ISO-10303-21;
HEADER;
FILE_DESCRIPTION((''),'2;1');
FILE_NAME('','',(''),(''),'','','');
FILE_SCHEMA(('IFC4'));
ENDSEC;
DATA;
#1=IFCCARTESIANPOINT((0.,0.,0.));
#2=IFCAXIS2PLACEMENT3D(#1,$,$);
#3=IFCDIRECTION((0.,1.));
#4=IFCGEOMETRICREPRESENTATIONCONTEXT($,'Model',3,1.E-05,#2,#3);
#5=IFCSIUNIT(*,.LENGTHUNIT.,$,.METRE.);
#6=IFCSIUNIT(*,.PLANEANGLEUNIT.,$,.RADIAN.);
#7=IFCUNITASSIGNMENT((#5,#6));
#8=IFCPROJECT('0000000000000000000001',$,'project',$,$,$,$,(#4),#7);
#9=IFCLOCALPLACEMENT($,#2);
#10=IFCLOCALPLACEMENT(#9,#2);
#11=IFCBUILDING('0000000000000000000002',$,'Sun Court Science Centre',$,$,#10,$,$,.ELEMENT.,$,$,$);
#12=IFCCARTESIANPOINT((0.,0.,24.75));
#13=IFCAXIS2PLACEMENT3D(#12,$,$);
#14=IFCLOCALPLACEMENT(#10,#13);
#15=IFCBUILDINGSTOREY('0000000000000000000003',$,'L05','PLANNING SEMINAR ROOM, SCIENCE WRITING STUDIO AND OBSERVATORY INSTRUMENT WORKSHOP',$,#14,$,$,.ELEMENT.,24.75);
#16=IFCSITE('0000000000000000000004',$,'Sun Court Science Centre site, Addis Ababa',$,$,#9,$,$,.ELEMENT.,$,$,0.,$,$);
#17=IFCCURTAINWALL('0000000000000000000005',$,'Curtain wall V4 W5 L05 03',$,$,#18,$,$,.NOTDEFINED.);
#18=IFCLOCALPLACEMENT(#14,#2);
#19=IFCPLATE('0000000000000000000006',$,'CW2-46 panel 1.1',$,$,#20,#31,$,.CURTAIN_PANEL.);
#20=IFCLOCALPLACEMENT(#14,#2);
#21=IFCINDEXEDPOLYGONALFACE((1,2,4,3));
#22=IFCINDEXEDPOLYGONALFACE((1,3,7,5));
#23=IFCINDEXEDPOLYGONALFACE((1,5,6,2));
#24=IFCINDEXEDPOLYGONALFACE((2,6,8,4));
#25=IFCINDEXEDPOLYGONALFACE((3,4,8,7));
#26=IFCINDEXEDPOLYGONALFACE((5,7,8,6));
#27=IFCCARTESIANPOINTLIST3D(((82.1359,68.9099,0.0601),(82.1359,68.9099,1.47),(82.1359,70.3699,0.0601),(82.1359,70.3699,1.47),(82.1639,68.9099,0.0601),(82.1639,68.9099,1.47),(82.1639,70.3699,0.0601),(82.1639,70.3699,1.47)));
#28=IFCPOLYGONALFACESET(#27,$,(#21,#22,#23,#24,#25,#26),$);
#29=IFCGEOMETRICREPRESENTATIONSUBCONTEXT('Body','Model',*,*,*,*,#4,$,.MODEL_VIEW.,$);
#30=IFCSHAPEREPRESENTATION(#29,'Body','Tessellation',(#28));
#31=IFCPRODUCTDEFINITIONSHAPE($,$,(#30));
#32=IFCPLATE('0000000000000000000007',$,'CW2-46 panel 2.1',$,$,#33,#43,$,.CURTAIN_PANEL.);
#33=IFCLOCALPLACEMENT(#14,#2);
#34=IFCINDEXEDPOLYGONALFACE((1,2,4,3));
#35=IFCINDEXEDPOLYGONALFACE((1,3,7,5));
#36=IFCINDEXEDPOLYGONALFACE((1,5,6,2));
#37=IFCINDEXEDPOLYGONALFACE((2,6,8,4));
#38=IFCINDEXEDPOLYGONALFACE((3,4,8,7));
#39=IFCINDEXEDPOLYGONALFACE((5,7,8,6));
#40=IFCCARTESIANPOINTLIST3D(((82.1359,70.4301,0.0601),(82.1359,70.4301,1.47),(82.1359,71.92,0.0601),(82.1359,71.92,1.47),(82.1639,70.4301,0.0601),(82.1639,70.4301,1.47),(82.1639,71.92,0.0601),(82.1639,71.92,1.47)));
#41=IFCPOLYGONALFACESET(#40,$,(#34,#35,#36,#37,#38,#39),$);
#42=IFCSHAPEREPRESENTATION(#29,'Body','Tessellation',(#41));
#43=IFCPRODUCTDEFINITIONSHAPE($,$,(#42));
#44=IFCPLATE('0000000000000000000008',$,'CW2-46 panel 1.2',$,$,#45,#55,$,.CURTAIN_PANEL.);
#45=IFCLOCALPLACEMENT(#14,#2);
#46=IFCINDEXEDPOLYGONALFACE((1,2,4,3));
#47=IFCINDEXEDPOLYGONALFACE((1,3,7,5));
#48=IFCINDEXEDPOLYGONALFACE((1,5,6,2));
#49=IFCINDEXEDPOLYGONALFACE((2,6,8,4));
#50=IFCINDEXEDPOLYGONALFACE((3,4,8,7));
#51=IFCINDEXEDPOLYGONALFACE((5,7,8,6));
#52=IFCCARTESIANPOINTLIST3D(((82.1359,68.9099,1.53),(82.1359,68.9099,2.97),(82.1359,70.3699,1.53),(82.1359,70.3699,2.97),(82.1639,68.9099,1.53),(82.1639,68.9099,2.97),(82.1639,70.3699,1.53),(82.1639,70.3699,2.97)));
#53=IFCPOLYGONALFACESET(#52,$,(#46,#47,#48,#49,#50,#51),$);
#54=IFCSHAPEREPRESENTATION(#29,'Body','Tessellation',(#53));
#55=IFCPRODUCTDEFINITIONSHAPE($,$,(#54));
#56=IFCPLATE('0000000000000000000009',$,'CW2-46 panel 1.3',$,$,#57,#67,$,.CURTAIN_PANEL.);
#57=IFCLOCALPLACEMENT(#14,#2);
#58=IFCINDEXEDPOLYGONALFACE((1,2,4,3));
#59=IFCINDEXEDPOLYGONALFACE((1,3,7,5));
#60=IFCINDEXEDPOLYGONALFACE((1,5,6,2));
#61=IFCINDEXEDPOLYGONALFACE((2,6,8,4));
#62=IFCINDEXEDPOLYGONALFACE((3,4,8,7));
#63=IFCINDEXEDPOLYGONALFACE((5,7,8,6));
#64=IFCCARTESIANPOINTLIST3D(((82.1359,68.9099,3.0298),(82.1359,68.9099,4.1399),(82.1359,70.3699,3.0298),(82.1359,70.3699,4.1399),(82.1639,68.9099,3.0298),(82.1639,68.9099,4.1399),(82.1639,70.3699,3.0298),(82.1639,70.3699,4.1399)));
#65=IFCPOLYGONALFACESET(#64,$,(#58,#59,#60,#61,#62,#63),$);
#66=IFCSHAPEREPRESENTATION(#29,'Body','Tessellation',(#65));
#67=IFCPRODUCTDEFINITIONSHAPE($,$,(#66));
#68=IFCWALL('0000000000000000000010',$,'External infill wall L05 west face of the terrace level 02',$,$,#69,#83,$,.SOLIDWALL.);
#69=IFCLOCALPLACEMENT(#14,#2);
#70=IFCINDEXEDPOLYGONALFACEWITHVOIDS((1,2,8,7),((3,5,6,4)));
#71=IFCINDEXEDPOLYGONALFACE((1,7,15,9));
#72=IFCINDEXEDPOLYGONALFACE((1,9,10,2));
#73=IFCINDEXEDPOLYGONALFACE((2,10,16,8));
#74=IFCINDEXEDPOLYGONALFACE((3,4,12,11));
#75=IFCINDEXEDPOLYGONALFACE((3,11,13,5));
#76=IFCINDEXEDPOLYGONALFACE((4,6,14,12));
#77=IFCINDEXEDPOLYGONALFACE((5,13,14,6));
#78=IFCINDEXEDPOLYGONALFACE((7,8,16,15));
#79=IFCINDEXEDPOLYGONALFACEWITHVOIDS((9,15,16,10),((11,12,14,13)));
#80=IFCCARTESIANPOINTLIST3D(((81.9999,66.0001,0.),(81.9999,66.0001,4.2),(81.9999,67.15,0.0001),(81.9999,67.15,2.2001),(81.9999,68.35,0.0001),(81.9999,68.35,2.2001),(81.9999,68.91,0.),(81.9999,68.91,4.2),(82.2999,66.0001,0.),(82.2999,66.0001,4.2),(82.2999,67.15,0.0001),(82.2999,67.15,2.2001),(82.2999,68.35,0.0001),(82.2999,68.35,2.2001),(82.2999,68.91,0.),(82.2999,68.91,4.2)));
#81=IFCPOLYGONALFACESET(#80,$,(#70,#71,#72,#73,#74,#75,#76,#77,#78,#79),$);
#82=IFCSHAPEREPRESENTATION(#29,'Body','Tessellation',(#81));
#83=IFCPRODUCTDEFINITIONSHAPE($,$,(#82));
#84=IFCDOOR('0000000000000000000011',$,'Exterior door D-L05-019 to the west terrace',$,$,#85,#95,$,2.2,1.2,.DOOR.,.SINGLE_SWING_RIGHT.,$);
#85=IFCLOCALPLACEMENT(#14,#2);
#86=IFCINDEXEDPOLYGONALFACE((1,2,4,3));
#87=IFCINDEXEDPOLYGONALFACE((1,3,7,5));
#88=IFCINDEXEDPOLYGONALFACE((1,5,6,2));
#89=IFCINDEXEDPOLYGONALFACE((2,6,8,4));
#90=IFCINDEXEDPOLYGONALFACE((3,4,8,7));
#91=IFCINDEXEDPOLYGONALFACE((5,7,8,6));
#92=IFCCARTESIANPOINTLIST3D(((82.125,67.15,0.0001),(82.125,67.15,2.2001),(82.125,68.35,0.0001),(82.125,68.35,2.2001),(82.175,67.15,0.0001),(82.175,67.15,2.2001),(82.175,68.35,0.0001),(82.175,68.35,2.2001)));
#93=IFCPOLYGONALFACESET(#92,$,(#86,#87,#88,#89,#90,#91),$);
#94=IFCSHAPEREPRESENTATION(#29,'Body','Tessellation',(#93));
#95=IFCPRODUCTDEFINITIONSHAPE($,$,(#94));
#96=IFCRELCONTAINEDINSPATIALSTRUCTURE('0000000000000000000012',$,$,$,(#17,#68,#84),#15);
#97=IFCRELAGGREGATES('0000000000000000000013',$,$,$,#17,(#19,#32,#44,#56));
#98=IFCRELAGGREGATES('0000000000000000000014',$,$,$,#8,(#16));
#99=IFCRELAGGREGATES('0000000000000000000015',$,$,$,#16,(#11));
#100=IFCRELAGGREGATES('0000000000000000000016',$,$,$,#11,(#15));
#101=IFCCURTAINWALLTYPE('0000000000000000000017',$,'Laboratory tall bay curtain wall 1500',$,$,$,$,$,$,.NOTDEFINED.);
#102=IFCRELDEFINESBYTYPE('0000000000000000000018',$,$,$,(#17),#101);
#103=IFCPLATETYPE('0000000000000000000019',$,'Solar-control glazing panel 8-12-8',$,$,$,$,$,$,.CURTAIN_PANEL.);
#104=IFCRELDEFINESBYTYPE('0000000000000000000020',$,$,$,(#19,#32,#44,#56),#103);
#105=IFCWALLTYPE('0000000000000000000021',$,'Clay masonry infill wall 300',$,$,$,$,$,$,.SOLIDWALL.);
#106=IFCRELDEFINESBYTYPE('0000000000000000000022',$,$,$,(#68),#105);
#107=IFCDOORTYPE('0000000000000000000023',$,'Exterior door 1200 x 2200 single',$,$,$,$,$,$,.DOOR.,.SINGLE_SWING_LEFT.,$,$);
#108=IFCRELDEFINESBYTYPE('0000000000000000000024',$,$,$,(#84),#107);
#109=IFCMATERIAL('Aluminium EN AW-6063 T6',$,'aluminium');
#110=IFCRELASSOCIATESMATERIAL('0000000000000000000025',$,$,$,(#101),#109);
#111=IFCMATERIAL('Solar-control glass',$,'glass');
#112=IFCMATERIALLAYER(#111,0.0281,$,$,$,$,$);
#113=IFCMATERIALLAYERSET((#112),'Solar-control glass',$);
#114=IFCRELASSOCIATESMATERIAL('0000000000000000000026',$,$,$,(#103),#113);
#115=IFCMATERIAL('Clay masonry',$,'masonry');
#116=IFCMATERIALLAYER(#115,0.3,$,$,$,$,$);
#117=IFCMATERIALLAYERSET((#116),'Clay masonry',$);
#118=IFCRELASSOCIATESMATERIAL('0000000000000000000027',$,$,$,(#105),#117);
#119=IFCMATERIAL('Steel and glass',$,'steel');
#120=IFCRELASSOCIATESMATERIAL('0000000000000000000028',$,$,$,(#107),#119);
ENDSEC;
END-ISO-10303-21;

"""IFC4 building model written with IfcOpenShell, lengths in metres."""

from ifc_helpers import new_model, si_unit, direction, frame, frame_2d, origin, origin_2d, place, context, subcontext, project, spatial, rectangle, extrude, material, layer, layer_set, type_object, element, fill, aggregate, save


model = new_model("IFC4")

# Units and contexts
model_context = context("Model", 3, precision=1e-05, world=origin(), true_north=direction((0.0, 1.0)))
body_context = subcontext(model_context, "Body", "Model", "MODEL_VIEW")
ifc_project = project(units=[si_unit("LENGTHUNIT", "METRE"), si_unit("PLANEANGLEUNIT", "RADIAN")], contexts=[model_context])

# Site, building, storey
site_placement = place(None, origin())
site = spatial("IfcSite", under=ifc_project, at=site_placement, Name="Sun Court Science Centre site, Addis Ababa", CompositionType="ELEMENT", RefElevation=0.0)
building_placement = place(site_placement, origin())
building = spatial("IfcBuilding", under=site, at=building_placement, Name="Sun Court Science Centre", CompositionType="ELEMENT")
storey_placement = place(building_placement, frame((0.0, 0.0, 24.75)))
storey = spatial("IfcBuildingStorey", under=building, at=storey_placement, Name="L05", Description="PLANNING SEMINAR ROOM, SCIENCE WRITING STUDIO AND OBSERVATORY INSTRUMENT WORKSHOP", CompositionType="ELEMENT", Elevation=24.75)

# Curtain wall
ifc_material_1 = material(Name="Aluminium EN AW-6063 T6", Category="aluminium")
curtain_wall_type = type_object("IfcCurtainWallType", Name="Laboratory tall bay curtain wall 1500", PredefinedType="NOTDEFINED", material=ifc_material_1)
curtain_wall_placement = place(storey_placement, origin())
curtain_wall = element("IfcCurtainWall", 1, at=curtain_wall_placement, inside=storey, type_object=curtain_wall_type, Name="Curtain wall V4 W5 L05 03", PredefinedType="NOTDEFINED")

# Plates
ifc_material_2 = material(Name="Solar-control glass", Category="glass")
ifc_layer_1 = layer(ifc_material_2, 0.0281)
ifc_layer_set_1 = layer_set([ifc_layer_1], Name="Solar-control glass")
plate_type = type_object("IfcPlateType", Name="Solar-control glazing panel 8-12-8", PredefinedType="CURTAIN_PANEL", material=ifc_layer_set_1)
plate_1_placement = place(storey_placement, frame((82.1499, 69.6399, 0.0601), z_axis=(0.0, 0.0, 1.0), x_axis=(0.0, 1.0, 0.0)))
plate_1 = element("IfcPlate", 2, at=plate_1_placement, type_object=plate_type, Name="CW2-46 panel 1.1", PredefinedType="CURTAIN_PANEL", context=body_context, shape_type="SweptSolid", body=[
    extrude(rectangle(XDim=1.46, YDim=0.0281, at=origin_2d()), origin(), (0.0, 0.0, 1.0), 1.4099),
])
plate_2_placement = place(storey_placement, frame((82.1499, 71.175, 0.0601), z_axis=(0.0, 0.0, 1.0), x_axis=(0.0, 1.0, 0.0)))
plate_2 = element("IfcPlate", 3, at=plate_2_placement, type_object=plate_type, Name="CW2-46 panel 2.1", PredefinedType="CURTAIN_PANEL", context=body_context, shape_type="SweptSolid", body=[
    extrude(rectangle(XDim=1.49, YDim=0.0281, at=origin_2d()), origin(), (0.0, 0.0, 1.0), 1.4099),
])
plate_3_placement = place(storey_placement, frame((82.1499, 69.6399, 1.53), z_axis=(0.0, 0.0, 1.0), x_axis=(0.0, 1.0, 0.0)))
plate_3 = element("IfcPlate", 4, at=plate_3_placement, type_object=plate_type, Name="CW2-46 panel 1.2", PredefinedType="CURTAIN_PANEL", context=body_context, shape_type="SweptSolid", body=[
    extrude(rectangle(XDim=1.46, YDim=0.0281, at=origin_2d()), origin(), (0.0, 0.0, 1.0), 1.4399),
])
plate_4_placement = place(storey_placement, frame((82.1499, 69.6399, 3.0298), z_axis=(0.0, 0.0, 1.0), x_axis=(0.0, 1.0, 0.0)))
plate_4 = element("IfcPlate", 5, at=plate_4_placement, type_object=plate_type, Name="CW2-46 panel 1.3", PredefinedType="CURTAIN_PANEL", context=body_context, shape_type="SweptSolid", body=[
    extrude(rectangle(XDim=1.46, YDim=0.0281, at=origin_2d()), origin(), (0.0, 0.0, 1.0), 1.1101),
])
aggregate(curtain_wall, [plate_1, plate_2, plate_3, plate_4])

# Wall, opening, door
ifc_material_3 = material(Name="Clay masonry", Category="masonry")
ifc_layer_2 = layer(ifc_material_3, 0.3)
ifc_layer_set_2 = layer_set([ifc_layer_2], Name="Clay masonry")
wall_type = type_object("IfcWallType", Name="Clay masonry infill wall 300", PredefinedType="SOLIDWALL", material=ifc_layer_set_2)
wall_placement = place(storey_placement, frame((82.1499, 66.0, 0.0), z_axis=(0.0, 0.0, 1.0), x_axis=(0.0, 1.0, 0.0)))
wall = element("IfcWall", 6, at=wall_placement, inside=storey, type_object=wall_type, Name="External infill wall L05 west face of the terrace level 02", PredefinedType="SOLIDWALL", context=body_context, shape_type="SweptSolid", body=[
    extrude(rectangle(XDim=2.9099, YDim=0.3, at=frame_2d((1.4551, 0.0))), origin(), (0.0, 0.0, 1.0), 4.2),
])
opening_placement = place(wall_placement, frame((1.1499, 0.0, 0.0)))
opening = element("IfcOpeningElement", 7, at=opening_placement, cuts=wall, PredefinedType="OPENING", context=body_context, shape_type="SweptSolid", body=[
    extrude(rectangle(XDim=1.2, YDim=2.2, at=frame_2d((0.6001, 1.1001))), frame((0.0, 0.1599, 0.0), z_axis=(0.0, -1.0, 0.0), x_axis=(1.0, 0.0, 0.0)), (0.0, 0.0, 1.0), 0.3201),
])
ifc_material_4 = material(Name="Steel and glass", Category="steel")
door_type = type_object("IfcDoorType", Name="Exterior door 1200 x 2200 single", OperationType="SINGLE_SWING_LEFT", PredefinedType="DOOR", material=ifc_material_4)
door_placement = place(opening_placement, origin())
door = element("IfcDoor", 8, at=door_placement, inside=storey, type_object=door_type, Name="Exterior door D-L05-019 to the west terrace", OperationType="SINGLE_SWING_RIGHT", OverallHeight=2.2, OverallWidth=1.2, PredefinedType="DOOR", context=body_context, shape_type="SweptSolid", body=[
    extrude(rectangle(XDim=1.2, YDim=2.2, at=frame_2d((0.6001, 1.1001))), frame((0.0, 0.0249, 0.0), z_axis=(0.0, -1.0, 0.0), x_axis=(1.0, 0.0, 0.0)), (0.0, 0.0, 1.0), 0.05),
])
fill(opening, door)

save(model, "model.ifc")
